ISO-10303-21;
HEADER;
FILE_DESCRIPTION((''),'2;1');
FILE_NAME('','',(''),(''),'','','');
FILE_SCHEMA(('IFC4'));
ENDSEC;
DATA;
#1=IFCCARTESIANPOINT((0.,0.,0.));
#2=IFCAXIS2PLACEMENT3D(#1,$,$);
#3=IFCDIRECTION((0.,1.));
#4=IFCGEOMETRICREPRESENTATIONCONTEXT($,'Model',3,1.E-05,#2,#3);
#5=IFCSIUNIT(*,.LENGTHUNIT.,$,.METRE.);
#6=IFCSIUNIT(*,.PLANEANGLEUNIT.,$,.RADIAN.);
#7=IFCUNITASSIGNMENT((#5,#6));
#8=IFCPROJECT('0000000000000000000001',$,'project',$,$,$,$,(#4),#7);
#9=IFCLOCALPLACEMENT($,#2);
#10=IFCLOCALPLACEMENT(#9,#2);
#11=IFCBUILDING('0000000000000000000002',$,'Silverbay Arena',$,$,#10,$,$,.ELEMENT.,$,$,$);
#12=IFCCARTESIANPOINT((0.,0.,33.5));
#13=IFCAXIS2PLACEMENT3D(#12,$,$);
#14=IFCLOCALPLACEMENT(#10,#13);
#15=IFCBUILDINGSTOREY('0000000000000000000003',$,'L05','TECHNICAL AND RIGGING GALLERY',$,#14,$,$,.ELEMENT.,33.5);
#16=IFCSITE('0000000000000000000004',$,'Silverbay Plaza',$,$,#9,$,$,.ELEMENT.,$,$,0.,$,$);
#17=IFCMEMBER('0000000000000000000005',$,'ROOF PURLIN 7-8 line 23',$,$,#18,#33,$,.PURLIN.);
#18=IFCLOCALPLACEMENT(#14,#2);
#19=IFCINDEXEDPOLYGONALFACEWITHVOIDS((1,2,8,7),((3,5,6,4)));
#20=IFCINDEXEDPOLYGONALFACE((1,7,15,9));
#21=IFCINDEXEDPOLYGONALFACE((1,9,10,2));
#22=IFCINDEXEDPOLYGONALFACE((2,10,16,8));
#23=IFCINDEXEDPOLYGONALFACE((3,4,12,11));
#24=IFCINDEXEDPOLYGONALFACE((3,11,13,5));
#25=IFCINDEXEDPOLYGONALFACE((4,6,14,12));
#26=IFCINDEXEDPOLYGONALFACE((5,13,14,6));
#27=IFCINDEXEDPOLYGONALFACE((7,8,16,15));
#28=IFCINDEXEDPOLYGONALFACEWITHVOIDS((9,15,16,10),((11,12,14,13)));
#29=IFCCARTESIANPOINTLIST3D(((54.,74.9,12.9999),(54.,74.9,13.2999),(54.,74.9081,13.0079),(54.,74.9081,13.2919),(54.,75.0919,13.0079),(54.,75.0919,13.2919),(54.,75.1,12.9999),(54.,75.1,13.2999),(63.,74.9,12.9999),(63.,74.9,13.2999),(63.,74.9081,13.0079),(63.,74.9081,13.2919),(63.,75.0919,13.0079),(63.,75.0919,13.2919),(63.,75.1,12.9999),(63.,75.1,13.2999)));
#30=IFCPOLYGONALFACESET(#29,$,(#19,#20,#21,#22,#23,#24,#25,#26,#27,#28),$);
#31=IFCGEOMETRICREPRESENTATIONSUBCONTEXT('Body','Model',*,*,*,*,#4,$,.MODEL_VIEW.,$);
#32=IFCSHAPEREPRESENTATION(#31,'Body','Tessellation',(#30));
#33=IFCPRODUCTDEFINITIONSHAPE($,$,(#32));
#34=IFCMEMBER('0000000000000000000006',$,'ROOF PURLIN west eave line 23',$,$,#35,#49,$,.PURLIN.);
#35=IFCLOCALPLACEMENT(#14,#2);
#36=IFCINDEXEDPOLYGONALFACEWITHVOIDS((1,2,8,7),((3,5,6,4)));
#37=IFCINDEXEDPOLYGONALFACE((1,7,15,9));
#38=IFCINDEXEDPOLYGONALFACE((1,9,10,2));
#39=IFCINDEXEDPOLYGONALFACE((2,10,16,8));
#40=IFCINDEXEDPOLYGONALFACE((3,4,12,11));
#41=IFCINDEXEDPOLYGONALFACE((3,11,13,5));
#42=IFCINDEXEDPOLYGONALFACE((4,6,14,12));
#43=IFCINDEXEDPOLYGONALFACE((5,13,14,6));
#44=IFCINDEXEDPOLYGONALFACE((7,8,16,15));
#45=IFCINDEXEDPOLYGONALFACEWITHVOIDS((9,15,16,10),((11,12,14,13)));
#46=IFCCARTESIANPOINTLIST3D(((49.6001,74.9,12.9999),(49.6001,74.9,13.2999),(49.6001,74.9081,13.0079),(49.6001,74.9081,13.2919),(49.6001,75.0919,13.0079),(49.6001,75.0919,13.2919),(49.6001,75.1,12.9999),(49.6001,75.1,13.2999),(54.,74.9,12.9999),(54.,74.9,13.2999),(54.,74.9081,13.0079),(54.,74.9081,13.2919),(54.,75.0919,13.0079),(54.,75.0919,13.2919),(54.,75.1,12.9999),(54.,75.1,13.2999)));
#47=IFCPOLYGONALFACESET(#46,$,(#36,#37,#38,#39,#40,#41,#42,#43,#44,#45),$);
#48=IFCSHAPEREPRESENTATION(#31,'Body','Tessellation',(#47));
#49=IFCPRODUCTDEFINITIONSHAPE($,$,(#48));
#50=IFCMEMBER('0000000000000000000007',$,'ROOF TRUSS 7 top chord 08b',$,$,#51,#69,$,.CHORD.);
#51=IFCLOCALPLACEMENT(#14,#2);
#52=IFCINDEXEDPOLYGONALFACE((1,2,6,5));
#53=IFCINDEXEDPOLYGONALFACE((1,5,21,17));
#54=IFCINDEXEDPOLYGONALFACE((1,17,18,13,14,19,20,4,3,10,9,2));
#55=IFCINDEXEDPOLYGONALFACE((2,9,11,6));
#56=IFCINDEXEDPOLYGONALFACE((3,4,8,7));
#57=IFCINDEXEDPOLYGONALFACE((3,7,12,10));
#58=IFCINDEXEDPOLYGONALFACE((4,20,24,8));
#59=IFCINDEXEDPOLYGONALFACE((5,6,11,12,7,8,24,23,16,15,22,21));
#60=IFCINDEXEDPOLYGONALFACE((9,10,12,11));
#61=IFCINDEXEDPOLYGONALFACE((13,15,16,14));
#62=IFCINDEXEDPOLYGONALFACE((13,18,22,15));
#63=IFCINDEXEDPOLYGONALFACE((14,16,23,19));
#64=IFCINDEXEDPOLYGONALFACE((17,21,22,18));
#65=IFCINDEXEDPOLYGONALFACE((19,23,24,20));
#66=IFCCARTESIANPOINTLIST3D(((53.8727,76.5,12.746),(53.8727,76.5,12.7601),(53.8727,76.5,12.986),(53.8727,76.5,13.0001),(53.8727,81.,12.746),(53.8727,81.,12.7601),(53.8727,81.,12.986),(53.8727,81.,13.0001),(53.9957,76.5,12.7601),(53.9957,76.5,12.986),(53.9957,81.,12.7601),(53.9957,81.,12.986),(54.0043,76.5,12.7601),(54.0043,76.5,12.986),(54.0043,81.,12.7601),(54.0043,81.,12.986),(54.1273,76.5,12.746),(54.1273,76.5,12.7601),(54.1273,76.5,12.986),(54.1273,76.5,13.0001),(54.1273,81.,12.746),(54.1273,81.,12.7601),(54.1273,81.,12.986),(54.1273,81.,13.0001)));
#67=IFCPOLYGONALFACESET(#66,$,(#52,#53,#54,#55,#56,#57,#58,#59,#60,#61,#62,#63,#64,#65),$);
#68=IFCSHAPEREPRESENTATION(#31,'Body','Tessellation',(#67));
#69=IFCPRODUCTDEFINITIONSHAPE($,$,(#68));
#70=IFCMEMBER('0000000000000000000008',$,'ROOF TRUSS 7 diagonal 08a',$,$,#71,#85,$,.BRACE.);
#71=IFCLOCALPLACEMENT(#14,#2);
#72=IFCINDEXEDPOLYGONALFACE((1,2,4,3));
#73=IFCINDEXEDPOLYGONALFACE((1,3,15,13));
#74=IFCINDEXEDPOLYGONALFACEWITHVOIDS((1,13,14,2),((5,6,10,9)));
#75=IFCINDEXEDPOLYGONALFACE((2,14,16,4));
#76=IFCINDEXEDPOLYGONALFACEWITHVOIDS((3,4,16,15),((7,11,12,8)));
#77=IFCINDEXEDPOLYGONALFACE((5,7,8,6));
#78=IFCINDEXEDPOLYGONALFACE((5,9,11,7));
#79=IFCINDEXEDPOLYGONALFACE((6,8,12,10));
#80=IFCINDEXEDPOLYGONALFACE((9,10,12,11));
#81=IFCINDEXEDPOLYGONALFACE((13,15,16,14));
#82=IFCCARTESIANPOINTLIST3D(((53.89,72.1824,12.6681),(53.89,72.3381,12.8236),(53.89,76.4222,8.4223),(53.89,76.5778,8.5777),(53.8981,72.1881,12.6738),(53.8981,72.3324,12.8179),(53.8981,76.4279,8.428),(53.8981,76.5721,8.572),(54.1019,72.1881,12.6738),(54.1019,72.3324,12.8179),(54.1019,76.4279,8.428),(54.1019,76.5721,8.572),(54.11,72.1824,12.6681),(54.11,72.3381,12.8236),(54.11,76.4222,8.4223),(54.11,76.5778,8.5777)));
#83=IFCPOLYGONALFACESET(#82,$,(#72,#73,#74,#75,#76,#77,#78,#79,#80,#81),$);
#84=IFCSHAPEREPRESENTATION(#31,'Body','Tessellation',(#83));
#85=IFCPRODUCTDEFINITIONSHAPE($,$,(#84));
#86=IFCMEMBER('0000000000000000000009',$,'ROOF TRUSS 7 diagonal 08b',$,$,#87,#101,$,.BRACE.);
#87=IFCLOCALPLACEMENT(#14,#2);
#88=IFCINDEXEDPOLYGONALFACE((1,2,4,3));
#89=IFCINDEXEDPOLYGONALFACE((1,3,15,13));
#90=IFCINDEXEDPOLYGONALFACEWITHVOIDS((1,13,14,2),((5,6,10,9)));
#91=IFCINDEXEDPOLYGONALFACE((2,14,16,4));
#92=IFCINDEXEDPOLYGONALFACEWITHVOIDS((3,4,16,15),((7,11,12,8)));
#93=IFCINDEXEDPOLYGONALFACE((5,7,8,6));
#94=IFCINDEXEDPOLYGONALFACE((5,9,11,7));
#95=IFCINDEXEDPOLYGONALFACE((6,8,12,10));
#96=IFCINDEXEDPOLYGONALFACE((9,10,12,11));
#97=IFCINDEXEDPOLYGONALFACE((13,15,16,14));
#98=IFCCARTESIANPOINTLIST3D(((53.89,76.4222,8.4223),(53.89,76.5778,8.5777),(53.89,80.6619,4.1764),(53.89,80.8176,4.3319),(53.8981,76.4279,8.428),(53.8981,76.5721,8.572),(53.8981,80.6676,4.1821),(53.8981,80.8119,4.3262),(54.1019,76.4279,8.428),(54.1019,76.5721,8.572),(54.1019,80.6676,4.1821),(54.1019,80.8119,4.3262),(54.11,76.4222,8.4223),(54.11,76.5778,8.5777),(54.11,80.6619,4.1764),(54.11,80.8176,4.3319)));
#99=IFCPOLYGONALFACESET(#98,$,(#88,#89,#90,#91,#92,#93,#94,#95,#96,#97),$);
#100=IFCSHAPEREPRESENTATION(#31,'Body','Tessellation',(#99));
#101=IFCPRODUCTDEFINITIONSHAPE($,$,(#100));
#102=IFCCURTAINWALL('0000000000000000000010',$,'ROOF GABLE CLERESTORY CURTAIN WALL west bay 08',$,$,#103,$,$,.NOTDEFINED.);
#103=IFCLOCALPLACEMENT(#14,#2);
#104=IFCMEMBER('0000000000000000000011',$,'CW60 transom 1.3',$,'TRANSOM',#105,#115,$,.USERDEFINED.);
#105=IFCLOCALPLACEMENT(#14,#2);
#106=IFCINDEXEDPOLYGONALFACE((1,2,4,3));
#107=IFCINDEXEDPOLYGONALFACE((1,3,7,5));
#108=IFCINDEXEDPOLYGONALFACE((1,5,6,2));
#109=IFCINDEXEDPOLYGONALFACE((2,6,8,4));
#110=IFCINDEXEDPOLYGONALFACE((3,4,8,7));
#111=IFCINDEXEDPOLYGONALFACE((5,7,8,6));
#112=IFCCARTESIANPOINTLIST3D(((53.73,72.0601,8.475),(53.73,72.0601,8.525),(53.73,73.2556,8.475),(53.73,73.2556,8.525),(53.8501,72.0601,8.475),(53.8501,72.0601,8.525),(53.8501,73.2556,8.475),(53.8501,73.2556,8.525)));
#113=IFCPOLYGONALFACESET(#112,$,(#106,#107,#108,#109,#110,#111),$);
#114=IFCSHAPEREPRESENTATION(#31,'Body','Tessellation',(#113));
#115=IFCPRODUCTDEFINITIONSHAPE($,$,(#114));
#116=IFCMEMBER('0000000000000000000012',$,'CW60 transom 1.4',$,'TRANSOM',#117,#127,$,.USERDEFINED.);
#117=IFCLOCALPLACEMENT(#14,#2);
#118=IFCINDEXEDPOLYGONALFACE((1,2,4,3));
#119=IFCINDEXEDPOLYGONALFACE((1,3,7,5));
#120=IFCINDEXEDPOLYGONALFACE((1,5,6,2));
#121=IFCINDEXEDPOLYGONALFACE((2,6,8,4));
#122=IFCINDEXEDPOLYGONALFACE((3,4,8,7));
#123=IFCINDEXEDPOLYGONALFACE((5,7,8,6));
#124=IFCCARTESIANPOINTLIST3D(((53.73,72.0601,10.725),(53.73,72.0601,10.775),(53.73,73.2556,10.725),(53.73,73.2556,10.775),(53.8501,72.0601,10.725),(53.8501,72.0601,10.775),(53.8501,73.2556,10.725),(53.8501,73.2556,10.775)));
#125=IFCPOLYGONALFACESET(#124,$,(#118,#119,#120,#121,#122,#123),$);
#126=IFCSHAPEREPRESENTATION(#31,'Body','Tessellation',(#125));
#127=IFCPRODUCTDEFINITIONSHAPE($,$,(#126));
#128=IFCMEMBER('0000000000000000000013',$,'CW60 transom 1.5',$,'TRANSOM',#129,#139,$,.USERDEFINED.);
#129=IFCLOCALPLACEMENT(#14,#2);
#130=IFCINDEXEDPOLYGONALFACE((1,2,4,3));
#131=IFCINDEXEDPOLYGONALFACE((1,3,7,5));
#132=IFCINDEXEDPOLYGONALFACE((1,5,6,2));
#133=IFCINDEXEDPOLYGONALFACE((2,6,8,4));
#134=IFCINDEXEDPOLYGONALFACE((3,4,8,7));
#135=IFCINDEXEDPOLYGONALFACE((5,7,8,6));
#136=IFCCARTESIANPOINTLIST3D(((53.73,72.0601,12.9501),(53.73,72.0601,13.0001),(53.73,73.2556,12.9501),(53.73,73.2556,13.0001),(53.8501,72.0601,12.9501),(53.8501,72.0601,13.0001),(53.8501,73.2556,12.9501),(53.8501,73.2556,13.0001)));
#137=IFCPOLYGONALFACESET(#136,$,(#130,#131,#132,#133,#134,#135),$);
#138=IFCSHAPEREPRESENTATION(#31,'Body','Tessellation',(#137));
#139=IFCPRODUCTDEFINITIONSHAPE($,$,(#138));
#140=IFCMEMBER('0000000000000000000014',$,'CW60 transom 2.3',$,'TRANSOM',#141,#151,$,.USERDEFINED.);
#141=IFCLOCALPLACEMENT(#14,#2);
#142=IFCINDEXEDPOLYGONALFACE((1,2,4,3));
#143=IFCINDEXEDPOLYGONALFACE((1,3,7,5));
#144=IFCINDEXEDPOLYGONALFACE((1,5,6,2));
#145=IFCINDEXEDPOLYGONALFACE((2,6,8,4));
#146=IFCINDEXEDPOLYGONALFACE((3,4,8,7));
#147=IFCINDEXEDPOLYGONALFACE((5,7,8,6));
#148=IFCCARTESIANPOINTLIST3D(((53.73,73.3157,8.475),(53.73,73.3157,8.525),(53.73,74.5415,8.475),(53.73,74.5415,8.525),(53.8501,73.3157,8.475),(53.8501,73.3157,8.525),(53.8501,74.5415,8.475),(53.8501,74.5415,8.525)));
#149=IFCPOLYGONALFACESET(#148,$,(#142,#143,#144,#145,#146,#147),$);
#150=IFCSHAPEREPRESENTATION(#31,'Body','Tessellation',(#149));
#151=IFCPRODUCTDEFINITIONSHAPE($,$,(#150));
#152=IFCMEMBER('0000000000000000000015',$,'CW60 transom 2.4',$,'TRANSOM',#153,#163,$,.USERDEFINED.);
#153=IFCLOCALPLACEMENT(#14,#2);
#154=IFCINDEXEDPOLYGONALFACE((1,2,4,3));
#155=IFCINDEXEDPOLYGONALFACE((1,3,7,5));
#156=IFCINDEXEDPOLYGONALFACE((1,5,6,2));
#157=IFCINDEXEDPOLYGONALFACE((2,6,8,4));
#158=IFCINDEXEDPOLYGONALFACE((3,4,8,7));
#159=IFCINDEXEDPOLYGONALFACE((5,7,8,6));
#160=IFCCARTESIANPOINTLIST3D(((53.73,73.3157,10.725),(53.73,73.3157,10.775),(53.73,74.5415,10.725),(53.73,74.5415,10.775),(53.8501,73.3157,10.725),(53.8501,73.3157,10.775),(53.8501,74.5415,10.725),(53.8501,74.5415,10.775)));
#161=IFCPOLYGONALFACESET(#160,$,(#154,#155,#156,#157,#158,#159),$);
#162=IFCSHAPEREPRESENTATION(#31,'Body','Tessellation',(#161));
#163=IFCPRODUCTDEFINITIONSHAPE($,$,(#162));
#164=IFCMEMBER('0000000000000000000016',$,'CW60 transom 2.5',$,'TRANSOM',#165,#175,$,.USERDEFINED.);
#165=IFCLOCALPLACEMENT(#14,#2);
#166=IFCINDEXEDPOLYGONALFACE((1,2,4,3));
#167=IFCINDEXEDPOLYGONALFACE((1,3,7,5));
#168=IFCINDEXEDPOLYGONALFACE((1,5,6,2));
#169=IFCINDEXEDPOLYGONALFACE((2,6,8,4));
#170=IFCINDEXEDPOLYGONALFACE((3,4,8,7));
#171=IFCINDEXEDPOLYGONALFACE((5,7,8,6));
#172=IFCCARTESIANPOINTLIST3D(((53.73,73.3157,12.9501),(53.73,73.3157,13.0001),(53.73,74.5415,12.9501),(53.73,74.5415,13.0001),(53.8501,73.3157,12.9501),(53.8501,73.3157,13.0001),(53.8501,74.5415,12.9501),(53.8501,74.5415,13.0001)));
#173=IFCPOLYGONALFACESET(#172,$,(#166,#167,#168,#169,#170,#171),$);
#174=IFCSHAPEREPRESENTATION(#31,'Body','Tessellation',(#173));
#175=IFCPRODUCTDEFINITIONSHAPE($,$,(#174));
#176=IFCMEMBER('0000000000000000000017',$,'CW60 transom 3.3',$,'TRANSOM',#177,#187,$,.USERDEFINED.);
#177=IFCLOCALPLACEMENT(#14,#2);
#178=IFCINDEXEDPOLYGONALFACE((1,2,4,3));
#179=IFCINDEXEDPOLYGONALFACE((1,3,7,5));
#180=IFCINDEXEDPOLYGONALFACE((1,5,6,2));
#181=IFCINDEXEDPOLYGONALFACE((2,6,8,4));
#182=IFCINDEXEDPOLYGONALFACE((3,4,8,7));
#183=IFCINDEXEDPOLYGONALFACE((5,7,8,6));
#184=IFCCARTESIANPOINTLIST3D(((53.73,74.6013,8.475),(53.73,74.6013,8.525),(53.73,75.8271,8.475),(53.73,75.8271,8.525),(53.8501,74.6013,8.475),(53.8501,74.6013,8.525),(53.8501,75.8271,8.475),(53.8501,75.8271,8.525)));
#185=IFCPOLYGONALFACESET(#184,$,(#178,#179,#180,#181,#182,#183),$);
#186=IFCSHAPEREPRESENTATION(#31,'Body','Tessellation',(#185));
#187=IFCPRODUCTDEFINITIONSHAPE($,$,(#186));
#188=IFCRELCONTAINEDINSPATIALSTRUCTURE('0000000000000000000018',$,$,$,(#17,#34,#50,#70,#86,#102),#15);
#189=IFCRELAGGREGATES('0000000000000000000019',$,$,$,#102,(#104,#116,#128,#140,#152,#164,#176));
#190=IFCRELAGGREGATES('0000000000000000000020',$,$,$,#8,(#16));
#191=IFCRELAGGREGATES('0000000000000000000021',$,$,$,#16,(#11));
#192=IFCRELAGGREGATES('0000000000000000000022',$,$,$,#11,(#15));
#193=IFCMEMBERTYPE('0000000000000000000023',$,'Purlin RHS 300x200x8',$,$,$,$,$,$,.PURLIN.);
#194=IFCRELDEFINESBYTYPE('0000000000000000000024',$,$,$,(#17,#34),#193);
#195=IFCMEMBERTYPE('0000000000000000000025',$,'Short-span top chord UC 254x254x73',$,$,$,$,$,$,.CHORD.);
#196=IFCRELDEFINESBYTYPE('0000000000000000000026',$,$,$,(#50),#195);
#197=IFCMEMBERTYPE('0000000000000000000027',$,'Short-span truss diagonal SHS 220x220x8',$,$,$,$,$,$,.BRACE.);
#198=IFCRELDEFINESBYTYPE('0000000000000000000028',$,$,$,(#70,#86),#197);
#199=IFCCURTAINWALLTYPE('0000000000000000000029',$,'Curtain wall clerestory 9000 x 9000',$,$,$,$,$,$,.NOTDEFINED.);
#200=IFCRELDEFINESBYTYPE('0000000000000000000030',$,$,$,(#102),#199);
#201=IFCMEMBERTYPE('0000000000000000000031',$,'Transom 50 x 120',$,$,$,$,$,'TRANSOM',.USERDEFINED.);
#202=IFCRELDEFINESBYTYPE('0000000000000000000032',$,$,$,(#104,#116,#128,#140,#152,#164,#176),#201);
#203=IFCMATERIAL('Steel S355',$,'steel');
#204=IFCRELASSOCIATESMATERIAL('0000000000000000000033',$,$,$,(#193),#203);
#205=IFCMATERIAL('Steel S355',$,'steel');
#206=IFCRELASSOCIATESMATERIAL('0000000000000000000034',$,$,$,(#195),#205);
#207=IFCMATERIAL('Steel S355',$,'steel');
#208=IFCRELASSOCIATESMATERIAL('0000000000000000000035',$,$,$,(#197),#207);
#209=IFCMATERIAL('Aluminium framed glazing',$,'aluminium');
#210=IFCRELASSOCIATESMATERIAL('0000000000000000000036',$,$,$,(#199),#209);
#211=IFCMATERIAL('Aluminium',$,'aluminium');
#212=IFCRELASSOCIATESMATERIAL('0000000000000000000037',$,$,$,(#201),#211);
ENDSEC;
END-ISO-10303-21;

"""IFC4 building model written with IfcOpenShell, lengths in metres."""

from ifc_helpers import new_model, si_unit, direction, frame, origin, origin_2d, place, context, subcontext, project, spatial, rectangle, hollow_rectangle, i_section, extrude, material, material_profile, profile_set, type_object, element, aggregate, save


model = new_model("IFC4")

# Units and contexts
model_context = context("Model", 3, precision=1e-05, world=origin(), true_north=direction((0.0, 1.0)))
body_context = subcontext(model_context, "Body", "Model", "MODEL_VIEW")
ifc_project = project(units=[si_unit("LENGTHUNIT", "METRE"), si_unit("PLANEANGLEUNIT", "RADIAN")], contexts=[model_context])

# Site, building, storey
site_placement = place(None, origin())
site = spatial("IfcSite", under=ifc_project, at=site_placement, Name="Silverbay Plaza", CompositionType="ELEMENT", RefElevation=0.0)
building_placement = place(site_placement, origin())
building = spatial("IfcBuilding", under=site, at=building_placement, Name="Silverbay Arena", CompositionType="ELEMENT")
storey_placement = place(building_placement, frame((0.0, 0.0, 33.5)))
storey = spatial("IfcBuildingStorey", under=building, at=storey_placement, Name="L05", Description="TECHNICAL AND RIGGING GALLERY", CompositionType="ELEMENT", Elevation=33.5)

# Members
ifc_material_1 = material(Name="Steel S355", Category="steel")
ifc_material_profile_1 = material_profile(ifc_material_1, hollow_rectangle(XDim=0.2, YDim=0.3, WallThickness=0.0081, at=origin_2d()), Name="RHS 300x200x8")
ifc_profile_set_1 = profile_set([ifc_material_profile_1], Name="Steel S355")
member_type_1 = type_object("IfcMemberType", Name="Purlin RHS 300x200x8", PredefinedType="PURLIN", material=ifc_profile_set_1)
member_1_placement = place(storey_placement, frame((54.0, 75.0, 13.1499), z_axis=(1.0, 0.0, 0.0), x_axis=(0.0, 1.0, 0.0)))
element("IfcMember", 1, at=member_1_placement, inside=storey, type_object=member_type_1, Name="ROOF PURLIN 7-8 line 23", PredefinedType="PURLIN", context=body_context, shape_type="SweptSolid", body=[
    extrude(hollow_rectangle(XDim=0.2, YDim=0.3, WallThickness=0.0081, at=origin_2d()), origin(), (0.0, 0.0, 1.0), 9.0),
])
member_2_placement = place(storey_placement, frame((49.6001, 75.0, 13.1499), z_axis=(1.0, 0.0, 0.0), x_axis=(0.0, 1.0, 0.0)))
element("IfcMember", 2, at=member_2_placement, inside=storey, type_object=member_type_1, Name="ROOF PURLIN west eave line 23", PredefinedType="PURLIN", context=body_context, shape_type="SweptSolid", body=[
    extrude(hollow_rectangle(XDim=0.2, YDim=0.3, WallThickness=0.0081, at=origin_2d()), origin(), (0.0, 0.0, 1.0), 4.3999),
])
ifc_material_2 = material(Name="Steel S355", Category="steel")
ifc_material_profile_2 = material_profile(ifc_material_2, i_section(OverallWidth=0.2546, OverallDepth=0.2542, WebThickness=0.0085, FlangeThickness=0.0142, at=origin_2d()), Name="UC 254x254x73")
ifc_profile_set_2 = profile_set([ifc_material_profile_2], Name="Steel S355")
member_type_2 = type_object("IfcMemberType", Name="Short-span top chord UC 254x254x73", PredefinedType="CHORD", material=ifc_profile_set_2)
member_3_placement = place(storey_placement, frame((54.0, 76.5, 12.873), z_axis=(0.0, 1.0, 0.0), x_axis=(-1.0, 0.0, 0.0)))
element("IfcMember", 3, at=member_3_placement, inside=storey, type_object=member_type_2, Name="ROOF TRUSS 7 top chord 08b", PredefinedType="CHORD", context=body_context, shape_type="SweptSolid", body=[
    extrude(i_section(OverallWidth=0.2546, OverallDepth=0.2542, WebThickness=0.0085, FlangeThickness=0.0142, at=origin_2d()), origin(), (0.0, 0.0, 1.0), 4.5),
])
ifc_material_3 = material(Name="Steel S355", Category="steel")
ifc_material_profile_3 = material_profile(ifc_material_3, hollow_rectangle(XDim=0.22, YDim=0.22, WallThickness=0.0081, at=origin_2d()), Name="SHS 220x220x8")
ifc_profile_set_3 = profile_set([ifc_material_profile_3], Name="Steel S355")
member_type_3 = type_object("IfcMemberType", Name="Short-span truss diagonal SHS 220x220x8", PredefinedType="BRACE", material=ifc_profile_set_3)
for number, where, z_axis, x_axis, name in (
    (4, (54.0, 72.2603, 12.7458), (0.0, 0.706598, -0.707615), (-1.0, 0.0, 0.0), "ROOF TRUSS 7 diagonal 08a"),
    (5, (54.0, 76.5, 8.5), (0.0, 0.706598, -0.707615), (-1.0, 0.0, 0.0), "ROOF TRUSS 7 diagonal 08b"),
):
    element("IfcMember", number, at=place(storey_placement, frame(where, z_axis=z_axis, x_axis=x_axis)), inside=storey, type_object=member_type_3, Name=name, PredefinedType="BRACE", context=body_context, shape_type="SweptSolid", body=[
        extrude(hollow_rectangle(XDim=0.22, YDim=0.22, WallThickness=0.0081, at=origin_2d()), origin(), (0.0, 0.0, 1.0), 6.0002),
    ])

# Curtain wall, members
ifc_material_4 = material(Name="Aluminium framed glazing", Category="aluminium")
curtain_wall_type = type_object("IfcCurtainWallType", Name="Curtain wall clerestory 9000 x 9000", PredefinedType="NOTDEFINED", material=ifc_material_4)
curtain_wall_placement = place(storey_placement, origin())
curtain_wall = element("IfcCurtainWall", 6, at=curtain_wall_placement, inside=storey, type_object=curtain_wall_type, Name="ROOF GABLE CLERESTORY CURTAIN WALL west bay 08", PredefinedType="NOTDEFINED")
ifc_material_5 = material(Name="Aluminium", Category="aluminium")
ifc_material_profile_4 = material_profile(ifc_material_5, rectangle(XDim=0.1201, YDim=0.05, at=origin_2d()), Name="Transom 50 x 120")
ifc_profile_set_4 = profile_set([ifc_material_profile_4], Name="Aluminium")
member_type_4 = type_object("IfcMemberType", Name="Transom 50 x 120", ElementType="TRANSOM", PredefinedType="USERDEFINED", material=ifc_profile_set_4)
member_4_placement = place(storey_placement, frame((53.79, 72.0601, 8.5), z_axis=(0.0, 1.0, 0.0), x_axis=(-1.0, 0.0, 0.0)))
member_4 = element("IfcMember", 7, at=member_4_placement, type_object=member_type_4, Name="CW60 transom 1.3", ObjectType="TRANSOM", PredefinedType="USERDEFINED", context=body_context, shape_type="SweptSolid", body=[
    extrude(rectangle(XDim=0.1201, YDim=0.05, at=origin_2d()), origin(), (0.0, 0.0, 1.0), 1.1956),
])
member_5_placement = place(storey_placement, frame((53.79, 72.0601, 10.75), z_axis=(0.0, 1.0, 0.0), x_axis=(-1.0, 0.0, 0.0)))
member_5 = element("IfcMember", 8, at=member_5_placement, type_object=member_type_4, Name="CW60 transom 1.4", ObjectType="TRANSOM", PredefinedType="USERDEFINED", context=body_context, shape_type="SweptSolid", body=[
    extrude(rectangle(XDim=0.1201, YDim=0.05, at=origin_2d()), origin(), (0.0, 0.0, 1.0), 1.1956),
])
member_6_placement = place(storey_placement, frame((53.79, 72.0601, 12.9751), z_axis=(0.0, 1.0, 0.0), x_axis=(-1.0, 0.0, 0.0)))
member_6 = element("IfcMember", 9, at=member_6_placement, type_object=member_type_4, Name="CW60 transom 1.5", ObjectType="TRANSOM", PredefinedType="USERDEFINED", context=body_context, shape_type="SweptSolid", body=[
    extrude(rectangle(XDim=0.1201, YDim=0.05, at=origin_2d()), origin(), (0.0, 0.0, 1.0), 1.1956),
])
member_7_placement = place(storey_placement, frame((53.79, 73.3157, 8.5), z_axis=(0.0, 1.0, 0.0), x_axis=(-1.0, 0.0, 0.0)))
member_7 = element("IfcMember", 10, at=member_7_placement, type_object=member_type_4, Name="CW60 transom 2.3", ObjectType="TRANSOM", PredefinedType="USERDEFINED", context=body_context, shape_type="SweptSolid", body=[
    extrude(rectangle(XDim=0.1201, YDim=0.05, at=origin_2d()), origin(), (0.0, 0.0, 1.0), 1.2258),
])
member_8_placement = place(storey_placement, frame((53.79, 73.3157, 10.75), z_axis=(0.0, 1.0, 0.0), x_axis=(-1.0, 0.0, 0.0)))
member_8 = element("IfcMember", 11, at=member_8_placement, type_object=member_type_4, Name="CW60 transom 2.4", ObjectType="TRANSOM", PredefinedType="USERDEFINED", context=body_context, shape_type="SweptSolid", body=[
    extrude(rectangle(XDim=0.1201, YDim=0.05, at=origin_2d()), origin(), (0.0, 0.0, 1.0), 1.2258),
])
member_9_placement = place(storey_placement, frame((53.79, 73.3157, 12.9751), z_axis=(0.0, 1.0, 0.0), x_axis=(-1.0, 0.0, 0.0)))
member_9 = element("IfcMember", 12, at=member_9_placement, type_object=member_type_4, Name="CW60 transom 2.5", ObjectType="TRANSOM", PredefinedType="USERDEFINED", context=body_context, shape_type="SweptSolid", body=[
    extrude(rectangle(XDim=0.1201, YDim=0.05, at=origin_2d()), origin(), (0.0, 0.0, 1.0), 1.2258),
])
member_10_placement = place(storey_placement, frame((53.79, 74.6013, 8.5), z_axis=(0.0, 1.0, 0.0), x_axis=(-1.0, 0.0, 0.0)))
member_10 = element("IfcMember", 13, at=member_10_placement, type_object=member_type_4, Name="CW60 transom 3.3", ObjectType="TRANSOM", PredefinedType="USERDEFINED", context=body_context, shape_type="SweptSolid", body=[
    extrude(rectangle(XDim=0.1201, YDim=0.05, at=origin_2d()), origin(), (0.0, 0.0, 1.0), 1.2258),
])
aggregate(curtain_wall, [member_4, member_5, member_6, member_7, member_8, member_9, member_10])

save(model, "model.ifc")
